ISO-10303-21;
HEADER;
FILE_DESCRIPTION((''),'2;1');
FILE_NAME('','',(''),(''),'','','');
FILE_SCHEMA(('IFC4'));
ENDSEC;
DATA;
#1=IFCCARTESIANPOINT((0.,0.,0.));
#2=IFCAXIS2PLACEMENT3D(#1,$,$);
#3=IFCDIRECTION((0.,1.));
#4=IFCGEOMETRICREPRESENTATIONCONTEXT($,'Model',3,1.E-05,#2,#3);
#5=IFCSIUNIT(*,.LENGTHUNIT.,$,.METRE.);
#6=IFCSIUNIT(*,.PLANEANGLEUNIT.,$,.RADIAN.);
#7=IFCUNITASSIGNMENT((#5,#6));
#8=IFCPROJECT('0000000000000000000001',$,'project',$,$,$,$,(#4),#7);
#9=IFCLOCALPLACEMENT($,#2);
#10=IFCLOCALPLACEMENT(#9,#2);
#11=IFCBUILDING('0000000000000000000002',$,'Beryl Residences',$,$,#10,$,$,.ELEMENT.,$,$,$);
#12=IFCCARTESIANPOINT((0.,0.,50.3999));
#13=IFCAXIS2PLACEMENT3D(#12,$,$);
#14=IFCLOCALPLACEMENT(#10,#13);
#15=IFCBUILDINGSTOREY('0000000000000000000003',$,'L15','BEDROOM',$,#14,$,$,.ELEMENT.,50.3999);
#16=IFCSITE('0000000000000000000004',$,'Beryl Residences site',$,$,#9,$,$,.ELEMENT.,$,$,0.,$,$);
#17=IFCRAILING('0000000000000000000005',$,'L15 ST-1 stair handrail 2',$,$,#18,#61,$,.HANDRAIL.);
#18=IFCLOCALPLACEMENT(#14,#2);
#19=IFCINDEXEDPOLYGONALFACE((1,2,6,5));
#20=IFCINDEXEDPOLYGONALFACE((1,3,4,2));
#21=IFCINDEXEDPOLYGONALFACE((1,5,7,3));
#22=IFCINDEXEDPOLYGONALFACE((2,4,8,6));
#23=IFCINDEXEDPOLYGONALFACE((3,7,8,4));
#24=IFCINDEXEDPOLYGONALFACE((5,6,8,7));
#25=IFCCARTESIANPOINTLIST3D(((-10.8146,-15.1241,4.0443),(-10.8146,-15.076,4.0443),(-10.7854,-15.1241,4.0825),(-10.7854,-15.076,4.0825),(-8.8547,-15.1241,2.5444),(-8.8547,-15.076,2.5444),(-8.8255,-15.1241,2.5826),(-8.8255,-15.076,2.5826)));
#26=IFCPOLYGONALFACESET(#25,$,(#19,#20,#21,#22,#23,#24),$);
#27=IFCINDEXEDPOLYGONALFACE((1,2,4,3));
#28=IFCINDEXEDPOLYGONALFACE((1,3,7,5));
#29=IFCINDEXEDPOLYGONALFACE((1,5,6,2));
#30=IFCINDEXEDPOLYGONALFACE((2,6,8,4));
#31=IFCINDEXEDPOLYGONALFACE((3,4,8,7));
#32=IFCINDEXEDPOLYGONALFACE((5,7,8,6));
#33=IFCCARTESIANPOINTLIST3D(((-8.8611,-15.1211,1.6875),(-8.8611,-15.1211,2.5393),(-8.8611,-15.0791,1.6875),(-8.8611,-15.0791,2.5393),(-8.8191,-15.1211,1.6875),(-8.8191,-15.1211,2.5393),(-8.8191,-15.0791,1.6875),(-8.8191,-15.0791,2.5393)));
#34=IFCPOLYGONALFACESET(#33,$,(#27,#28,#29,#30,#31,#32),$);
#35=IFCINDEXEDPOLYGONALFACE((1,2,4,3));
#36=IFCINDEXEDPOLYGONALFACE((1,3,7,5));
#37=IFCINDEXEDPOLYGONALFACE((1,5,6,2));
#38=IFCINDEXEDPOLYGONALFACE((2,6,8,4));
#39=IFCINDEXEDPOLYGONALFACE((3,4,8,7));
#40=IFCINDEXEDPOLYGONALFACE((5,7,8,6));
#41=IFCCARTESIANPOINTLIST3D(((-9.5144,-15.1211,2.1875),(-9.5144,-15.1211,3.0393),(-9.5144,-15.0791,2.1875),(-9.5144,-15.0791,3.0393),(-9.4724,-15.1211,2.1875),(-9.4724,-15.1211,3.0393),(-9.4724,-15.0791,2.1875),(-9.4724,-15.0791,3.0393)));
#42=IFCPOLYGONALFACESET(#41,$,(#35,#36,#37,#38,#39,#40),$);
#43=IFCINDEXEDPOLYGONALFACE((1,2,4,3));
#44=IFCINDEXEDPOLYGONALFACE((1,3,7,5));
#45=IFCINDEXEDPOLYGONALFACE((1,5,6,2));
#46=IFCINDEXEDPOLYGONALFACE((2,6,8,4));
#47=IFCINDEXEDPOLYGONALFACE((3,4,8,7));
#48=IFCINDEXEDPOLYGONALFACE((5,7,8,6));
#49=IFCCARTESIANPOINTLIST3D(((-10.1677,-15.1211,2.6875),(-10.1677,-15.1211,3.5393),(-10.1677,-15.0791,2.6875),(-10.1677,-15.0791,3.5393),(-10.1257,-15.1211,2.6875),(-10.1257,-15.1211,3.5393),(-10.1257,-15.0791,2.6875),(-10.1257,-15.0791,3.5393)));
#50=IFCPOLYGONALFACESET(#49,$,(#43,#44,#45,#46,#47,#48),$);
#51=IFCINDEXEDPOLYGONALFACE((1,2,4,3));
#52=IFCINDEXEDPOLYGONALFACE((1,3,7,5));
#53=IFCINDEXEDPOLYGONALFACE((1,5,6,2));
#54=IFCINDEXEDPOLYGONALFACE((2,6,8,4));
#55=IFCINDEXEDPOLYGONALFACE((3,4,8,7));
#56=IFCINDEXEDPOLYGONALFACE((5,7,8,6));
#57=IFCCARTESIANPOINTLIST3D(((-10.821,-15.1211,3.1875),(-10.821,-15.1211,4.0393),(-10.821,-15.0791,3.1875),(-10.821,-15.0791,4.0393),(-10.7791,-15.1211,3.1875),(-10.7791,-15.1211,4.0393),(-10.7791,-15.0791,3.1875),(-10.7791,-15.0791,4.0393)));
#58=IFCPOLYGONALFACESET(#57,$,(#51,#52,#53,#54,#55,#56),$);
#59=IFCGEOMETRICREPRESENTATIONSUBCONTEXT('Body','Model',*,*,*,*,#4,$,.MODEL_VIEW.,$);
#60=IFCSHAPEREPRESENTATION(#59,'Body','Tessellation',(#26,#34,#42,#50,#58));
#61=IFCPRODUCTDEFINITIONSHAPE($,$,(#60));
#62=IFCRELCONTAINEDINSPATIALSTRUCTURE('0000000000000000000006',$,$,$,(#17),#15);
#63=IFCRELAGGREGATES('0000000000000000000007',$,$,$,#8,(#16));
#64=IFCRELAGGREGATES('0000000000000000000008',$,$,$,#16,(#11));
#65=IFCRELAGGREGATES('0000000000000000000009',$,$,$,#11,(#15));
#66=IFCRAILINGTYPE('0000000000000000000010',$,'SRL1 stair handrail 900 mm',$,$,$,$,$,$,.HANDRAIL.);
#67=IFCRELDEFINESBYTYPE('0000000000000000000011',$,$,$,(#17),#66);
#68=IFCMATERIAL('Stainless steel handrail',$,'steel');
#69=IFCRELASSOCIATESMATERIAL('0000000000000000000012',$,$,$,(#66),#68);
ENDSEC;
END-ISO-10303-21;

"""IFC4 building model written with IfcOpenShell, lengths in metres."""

from ifc_helpers import new_model, si_unit, direction, frame, origin, origin_2d, place, context, subcontext, project, spatial, rectangle, extrude, material, type_object, element, save


model = new_model("IFC4")

# Units and contexts
model_context = context("Model", 3, precision=1e-05, world=origin(), true_north=direction((0.0, 1.0)))
body_context = subcontext(model_context, "Body", "Model", "MODEL_VIEW")
ifc_project = project(units=[si_unit("LENGTHUNIT", "METRE"), si_unit("PLANEANGLEUNIT", "RADIAN")], contexts=[model_context])

# Site, building, storey
site_placement = place(None, origin())
site = spatial("IfcSite", under=ifc_project, at=site_placement, Name="Beryl Residences site", CompositionType="ELEMENT", RefElevation=0.0)
building_placement = place(site_placement, origin())
building = spatial("IfcBuilding", under=site, at=building_placement, Name="Beryl Residences", CompositionType="ELEMENT")
storey_placement = place(building_placement, frame((0.0, 0.0, 50.3999)))
storey = spatial("IfcBuildingStorey", under=building, at=storey_placement, Name="L15", Description="BEDROOM", CompositionType="ELEMENT", Elevation=50.3999)

# Railing
ifc_material_1 = material(Name="Stainless steel handrail", Category="steel")
railing_type_1 = type_object("IfcRailingType", Name="SRL1 stair handrail 900 mm", PredefinedType="HANDRAIL", material=ifc_material_1)
railing_1_placement = place(storey_placement, frame((-8.8401, -15.1001, 1.6875)))
element("IfcRailing", 1, at=railing_1_placement, inside=storey, type_object=railing_type_1, Name="L15 ST-1 stair handrail 2", PredefinedType="HANDRAIL", context=body_context, shape_type="SweptSolid", body=[
    extrude(rectangle(XDim=0.0481, YDim=0.0481, at=origin_2d()), frame((0.0, 0.0, 0.876), z_axis=(-0.794122, 0.0, 0.607758), x_axis=(0.0, -1.0, 0.0)), (0.0, 0.0, 1.0), 2.468),
    extrude(rectangle(XDim=0.042, YDim=0.042, at=origin_2d()), origin(), (0.0, 0.0, 1.0), 0.8518),
    extrude(rectangle(XDim=0.042, YDim=0.042, at=origin_2d()), frame((-0.6533, 0.0, 0.5)), (0.0, 0.0, 1.0), 0.8518),
    extrude(rectangle(XDim=0.042, YDim=0.042, at=origin_2d()), frame((-1.3066, 0.0, 1.0)), (0.0, 0.0, 1.0), 0.8518),
    extrude(rectangle(XDim=0.042, YDim=0.042, at=origin_2d()), frame((-1.96, 0.0, 1.5)), (0.0, 0.0, 1.0), 0.8518),
])

save(model, "model.ifc")
